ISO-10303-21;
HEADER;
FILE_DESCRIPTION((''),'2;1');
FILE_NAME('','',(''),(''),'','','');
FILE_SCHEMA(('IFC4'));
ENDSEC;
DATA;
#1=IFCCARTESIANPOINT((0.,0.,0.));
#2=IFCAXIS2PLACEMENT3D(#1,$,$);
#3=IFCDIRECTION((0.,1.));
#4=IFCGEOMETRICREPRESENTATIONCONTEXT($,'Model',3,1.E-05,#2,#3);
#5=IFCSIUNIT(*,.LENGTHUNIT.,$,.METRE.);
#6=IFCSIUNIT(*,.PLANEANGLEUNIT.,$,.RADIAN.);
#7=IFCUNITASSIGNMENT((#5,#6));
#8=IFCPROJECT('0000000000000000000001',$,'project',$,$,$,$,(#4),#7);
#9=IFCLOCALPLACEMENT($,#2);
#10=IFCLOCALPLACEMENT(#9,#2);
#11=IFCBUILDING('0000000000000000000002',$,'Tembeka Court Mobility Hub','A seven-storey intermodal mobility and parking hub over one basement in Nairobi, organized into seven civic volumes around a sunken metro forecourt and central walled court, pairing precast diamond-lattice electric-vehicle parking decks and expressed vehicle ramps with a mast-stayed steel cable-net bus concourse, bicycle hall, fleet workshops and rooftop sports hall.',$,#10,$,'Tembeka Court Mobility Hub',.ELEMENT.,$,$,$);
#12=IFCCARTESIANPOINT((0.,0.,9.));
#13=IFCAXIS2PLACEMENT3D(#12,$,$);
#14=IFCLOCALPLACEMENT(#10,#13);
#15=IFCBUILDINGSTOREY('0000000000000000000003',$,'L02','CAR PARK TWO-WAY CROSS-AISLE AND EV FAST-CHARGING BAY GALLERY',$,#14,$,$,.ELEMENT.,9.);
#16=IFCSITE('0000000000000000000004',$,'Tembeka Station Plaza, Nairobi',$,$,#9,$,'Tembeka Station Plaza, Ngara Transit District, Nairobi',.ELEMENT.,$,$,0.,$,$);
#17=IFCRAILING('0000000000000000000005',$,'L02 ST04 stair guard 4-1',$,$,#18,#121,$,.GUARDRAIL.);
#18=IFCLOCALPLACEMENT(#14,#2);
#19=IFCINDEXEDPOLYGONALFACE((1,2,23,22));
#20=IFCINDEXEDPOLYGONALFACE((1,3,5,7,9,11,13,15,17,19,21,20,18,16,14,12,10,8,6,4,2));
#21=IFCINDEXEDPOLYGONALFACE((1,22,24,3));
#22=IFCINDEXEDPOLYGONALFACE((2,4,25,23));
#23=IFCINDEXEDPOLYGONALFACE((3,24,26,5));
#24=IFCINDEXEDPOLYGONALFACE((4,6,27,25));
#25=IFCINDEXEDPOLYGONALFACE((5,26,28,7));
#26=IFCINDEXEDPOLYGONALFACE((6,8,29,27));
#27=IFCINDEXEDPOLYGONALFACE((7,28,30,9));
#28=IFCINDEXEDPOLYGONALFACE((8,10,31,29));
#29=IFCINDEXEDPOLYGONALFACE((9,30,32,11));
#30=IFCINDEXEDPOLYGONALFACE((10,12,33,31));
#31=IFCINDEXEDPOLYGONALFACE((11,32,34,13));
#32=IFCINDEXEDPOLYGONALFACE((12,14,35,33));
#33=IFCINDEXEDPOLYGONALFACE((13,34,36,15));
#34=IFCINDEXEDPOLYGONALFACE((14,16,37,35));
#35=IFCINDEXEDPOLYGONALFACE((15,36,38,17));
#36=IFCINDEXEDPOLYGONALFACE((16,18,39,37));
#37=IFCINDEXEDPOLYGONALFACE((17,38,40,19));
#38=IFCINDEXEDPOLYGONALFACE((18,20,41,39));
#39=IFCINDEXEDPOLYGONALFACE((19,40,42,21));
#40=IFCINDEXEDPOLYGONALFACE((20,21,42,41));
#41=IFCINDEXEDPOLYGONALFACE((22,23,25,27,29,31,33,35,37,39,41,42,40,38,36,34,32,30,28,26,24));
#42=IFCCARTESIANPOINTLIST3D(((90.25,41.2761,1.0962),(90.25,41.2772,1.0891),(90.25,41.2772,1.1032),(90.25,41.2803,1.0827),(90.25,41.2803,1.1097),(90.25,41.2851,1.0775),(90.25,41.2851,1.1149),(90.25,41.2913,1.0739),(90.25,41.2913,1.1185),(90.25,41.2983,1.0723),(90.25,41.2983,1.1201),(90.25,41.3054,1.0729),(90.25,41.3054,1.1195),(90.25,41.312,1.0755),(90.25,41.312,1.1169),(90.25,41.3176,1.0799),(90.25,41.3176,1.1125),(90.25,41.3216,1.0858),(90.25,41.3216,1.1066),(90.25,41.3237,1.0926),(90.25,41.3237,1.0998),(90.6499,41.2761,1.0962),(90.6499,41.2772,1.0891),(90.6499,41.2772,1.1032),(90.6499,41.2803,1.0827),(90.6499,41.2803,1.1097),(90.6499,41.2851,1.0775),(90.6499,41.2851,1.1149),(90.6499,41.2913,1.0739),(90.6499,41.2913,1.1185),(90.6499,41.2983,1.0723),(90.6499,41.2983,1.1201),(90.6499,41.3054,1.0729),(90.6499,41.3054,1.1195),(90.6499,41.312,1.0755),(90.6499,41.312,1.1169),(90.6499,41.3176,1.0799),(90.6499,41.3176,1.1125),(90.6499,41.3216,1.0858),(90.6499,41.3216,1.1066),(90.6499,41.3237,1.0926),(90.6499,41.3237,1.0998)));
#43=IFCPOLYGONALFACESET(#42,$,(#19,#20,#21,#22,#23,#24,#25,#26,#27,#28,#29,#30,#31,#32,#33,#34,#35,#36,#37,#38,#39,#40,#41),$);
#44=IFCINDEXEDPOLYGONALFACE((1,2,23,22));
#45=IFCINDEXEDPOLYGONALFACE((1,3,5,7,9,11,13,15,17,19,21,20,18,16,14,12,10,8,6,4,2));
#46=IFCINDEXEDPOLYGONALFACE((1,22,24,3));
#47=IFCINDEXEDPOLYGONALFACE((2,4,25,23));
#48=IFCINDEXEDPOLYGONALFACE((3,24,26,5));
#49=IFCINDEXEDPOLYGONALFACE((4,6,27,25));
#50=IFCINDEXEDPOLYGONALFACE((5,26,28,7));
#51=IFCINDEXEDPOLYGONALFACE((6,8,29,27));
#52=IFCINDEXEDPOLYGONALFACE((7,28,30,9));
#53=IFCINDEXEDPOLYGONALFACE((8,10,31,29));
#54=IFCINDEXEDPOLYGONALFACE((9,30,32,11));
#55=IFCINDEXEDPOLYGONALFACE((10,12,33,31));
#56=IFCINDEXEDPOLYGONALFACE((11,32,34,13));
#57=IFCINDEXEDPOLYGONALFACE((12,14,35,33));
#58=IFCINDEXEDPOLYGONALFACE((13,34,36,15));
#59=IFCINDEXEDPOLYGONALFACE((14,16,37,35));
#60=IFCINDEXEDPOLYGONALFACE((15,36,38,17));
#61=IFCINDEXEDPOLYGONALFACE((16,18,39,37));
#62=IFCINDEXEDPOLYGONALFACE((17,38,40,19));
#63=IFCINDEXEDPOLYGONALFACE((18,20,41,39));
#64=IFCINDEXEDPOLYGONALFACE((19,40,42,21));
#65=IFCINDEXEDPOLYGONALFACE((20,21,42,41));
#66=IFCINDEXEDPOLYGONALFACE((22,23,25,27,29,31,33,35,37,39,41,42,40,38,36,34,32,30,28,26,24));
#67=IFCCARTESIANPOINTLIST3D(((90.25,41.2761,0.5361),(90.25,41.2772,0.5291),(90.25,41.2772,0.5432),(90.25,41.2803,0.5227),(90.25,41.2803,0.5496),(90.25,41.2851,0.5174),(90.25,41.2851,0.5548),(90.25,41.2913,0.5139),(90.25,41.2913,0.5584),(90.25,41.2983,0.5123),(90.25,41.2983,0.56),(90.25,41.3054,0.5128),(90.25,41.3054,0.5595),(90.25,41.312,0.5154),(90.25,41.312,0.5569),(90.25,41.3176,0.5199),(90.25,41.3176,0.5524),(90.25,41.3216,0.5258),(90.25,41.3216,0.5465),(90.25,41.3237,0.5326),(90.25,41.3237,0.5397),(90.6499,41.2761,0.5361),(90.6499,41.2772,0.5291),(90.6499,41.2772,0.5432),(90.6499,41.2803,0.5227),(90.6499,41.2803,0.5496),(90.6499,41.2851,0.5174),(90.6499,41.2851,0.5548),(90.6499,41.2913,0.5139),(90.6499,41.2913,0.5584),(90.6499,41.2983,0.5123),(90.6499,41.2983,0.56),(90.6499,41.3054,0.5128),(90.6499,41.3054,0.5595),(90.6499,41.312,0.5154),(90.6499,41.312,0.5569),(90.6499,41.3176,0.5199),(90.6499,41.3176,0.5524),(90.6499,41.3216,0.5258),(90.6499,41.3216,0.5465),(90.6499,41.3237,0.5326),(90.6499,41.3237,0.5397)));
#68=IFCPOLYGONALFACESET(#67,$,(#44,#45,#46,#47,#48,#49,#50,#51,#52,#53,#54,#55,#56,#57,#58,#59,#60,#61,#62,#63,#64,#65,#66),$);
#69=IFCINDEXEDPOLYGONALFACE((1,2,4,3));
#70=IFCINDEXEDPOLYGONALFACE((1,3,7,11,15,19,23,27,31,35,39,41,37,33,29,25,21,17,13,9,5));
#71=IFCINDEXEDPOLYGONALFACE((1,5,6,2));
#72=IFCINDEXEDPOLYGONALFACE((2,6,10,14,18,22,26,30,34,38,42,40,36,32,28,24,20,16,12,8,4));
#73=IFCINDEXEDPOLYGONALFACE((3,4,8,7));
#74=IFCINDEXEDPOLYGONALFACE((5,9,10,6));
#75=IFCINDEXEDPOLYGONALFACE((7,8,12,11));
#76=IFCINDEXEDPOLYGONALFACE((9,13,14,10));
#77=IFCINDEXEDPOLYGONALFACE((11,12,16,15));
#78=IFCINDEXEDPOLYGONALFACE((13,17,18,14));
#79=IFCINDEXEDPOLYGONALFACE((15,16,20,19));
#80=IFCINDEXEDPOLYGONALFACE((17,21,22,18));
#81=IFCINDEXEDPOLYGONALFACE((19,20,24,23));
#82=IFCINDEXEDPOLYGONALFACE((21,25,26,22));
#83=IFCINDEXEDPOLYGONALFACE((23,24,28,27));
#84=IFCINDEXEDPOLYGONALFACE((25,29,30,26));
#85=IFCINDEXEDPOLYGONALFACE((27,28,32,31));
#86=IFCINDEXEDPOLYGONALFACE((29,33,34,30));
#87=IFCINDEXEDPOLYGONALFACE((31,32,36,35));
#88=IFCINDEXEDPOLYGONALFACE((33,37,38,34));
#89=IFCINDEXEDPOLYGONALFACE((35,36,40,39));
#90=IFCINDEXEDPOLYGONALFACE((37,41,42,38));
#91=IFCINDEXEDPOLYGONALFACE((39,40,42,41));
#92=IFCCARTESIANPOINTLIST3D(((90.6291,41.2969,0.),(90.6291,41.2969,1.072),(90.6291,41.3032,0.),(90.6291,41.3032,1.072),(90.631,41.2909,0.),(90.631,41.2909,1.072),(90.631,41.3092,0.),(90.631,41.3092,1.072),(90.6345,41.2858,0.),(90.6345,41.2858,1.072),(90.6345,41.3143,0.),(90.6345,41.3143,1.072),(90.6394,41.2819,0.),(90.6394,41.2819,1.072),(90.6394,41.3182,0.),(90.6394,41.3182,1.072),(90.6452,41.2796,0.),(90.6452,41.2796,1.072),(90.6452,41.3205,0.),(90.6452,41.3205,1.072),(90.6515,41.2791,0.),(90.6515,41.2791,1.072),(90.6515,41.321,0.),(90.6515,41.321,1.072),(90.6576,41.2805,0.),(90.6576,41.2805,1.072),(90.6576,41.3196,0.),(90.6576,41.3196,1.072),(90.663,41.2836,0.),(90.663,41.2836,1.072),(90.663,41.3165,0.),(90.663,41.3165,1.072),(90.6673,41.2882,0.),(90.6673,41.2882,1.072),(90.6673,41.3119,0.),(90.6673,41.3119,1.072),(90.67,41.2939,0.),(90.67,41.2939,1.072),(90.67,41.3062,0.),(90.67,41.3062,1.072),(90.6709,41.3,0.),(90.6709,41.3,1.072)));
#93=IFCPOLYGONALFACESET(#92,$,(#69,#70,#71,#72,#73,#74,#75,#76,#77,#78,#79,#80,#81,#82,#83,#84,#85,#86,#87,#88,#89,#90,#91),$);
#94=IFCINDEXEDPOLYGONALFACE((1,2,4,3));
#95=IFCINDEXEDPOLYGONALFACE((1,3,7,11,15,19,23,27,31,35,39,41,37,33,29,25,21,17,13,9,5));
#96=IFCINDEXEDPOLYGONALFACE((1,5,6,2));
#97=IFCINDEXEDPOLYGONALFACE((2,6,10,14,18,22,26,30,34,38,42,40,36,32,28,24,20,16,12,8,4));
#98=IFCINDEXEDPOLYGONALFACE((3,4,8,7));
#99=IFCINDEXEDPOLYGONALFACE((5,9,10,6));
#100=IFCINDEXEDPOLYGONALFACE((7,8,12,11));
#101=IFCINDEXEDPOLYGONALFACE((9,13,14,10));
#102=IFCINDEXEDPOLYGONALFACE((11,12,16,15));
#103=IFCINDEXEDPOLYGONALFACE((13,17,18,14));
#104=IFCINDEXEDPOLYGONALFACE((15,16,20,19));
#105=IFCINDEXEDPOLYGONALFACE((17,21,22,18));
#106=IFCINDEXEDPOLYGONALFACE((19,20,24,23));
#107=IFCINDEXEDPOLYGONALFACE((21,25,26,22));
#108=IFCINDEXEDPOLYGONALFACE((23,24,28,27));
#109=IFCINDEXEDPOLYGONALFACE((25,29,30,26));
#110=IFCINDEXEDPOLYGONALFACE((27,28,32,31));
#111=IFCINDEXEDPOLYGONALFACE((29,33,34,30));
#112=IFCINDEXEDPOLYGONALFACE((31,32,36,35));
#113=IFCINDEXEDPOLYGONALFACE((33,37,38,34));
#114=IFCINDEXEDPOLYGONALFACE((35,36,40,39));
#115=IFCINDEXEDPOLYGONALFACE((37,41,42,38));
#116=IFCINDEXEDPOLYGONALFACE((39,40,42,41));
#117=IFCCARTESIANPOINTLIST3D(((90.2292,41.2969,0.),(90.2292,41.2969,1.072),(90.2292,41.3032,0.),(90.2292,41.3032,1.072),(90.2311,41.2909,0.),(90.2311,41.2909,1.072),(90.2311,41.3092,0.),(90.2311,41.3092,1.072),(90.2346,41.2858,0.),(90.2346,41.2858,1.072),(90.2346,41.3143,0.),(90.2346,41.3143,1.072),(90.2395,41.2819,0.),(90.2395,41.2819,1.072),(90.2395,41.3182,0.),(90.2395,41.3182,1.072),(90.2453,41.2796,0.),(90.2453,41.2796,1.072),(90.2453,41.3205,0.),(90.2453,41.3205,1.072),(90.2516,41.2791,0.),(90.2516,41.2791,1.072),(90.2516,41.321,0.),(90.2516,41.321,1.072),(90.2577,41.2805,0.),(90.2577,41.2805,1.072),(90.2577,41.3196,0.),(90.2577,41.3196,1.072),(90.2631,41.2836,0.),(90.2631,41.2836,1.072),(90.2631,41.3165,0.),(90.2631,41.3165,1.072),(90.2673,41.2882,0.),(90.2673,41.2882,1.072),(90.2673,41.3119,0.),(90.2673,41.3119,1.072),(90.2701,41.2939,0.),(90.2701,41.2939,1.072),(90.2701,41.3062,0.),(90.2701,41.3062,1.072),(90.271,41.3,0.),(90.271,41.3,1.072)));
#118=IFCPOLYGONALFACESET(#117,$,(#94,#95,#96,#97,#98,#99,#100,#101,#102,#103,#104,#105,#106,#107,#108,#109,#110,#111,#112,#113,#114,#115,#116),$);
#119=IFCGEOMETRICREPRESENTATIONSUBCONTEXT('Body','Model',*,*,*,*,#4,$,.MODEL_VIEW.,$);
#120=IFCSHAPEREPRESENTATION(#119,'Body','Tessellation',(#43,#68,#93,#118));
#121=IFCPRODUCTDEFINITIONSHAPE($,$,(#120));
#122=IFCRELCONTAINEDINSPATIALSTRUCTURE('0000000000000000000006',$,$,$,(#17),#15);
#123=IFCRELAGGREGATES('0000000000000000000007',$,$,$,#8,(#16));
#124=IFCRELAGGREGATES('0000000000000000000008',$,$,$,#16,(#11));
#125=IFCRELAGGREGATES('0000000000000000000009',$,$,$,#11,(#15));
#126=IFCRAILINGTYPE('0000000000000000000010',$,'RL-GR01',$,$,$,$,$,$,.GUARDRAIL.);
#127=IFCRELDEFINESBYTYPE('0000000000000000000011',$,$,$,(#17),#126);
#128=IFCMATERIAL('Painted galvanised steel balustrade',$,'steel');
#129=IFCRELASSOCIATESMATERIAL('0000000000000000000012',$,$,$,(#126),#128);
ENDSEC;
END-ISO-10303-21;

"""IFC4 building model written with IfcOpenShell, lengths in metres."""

from ifc_helpers import new_model, si_unit, direction, frame, origin, origin_2d, place, context, subcontext, project, spatial, circle, extrude, material, type_object, element, save


model = new_model("IFC4")

# Units and contexts
model_context = context("Model", 3, precision=1e-05, world=origin(), true_north=direction((0.0, 1.0)))
body_context = subcontext(model_context, "Body", "Model", "MODEL_VIEW")
ifc_project = project(units=[si_unit("LENGTHUNIT", "METRE"), si_unit("PLANEANGLEUNIT", "RADIAN")], contexts=[model_context])

# Site, building, storey
site_placement = place(None, origin())
site = spatial("IfcSite", under=ifc_project, at=site_placement, Name="Tembeka Station Plaza, Nairobi", LongName="Tembeka Station Plaza, Ngara Transit District, Nairobi", CompositionType="ELEMENT", RefElevation=0.0)
building_placement = place(site_placement, origin())
building = spatial("IfcBuilding", under=site, at=building_placement, Name="Tembeka Court Mobility Hub", Description="A seven-storey intermodal mobility and parking hub over one basement in Nairobi, organized into seven civic volumes around a sunken metro forecourt and central walled court, pairing precast diamond-lattice electric-vehicle parking decks and expressed vehicle ramps with a mast-stayed steel cable-net bus concourse, bicycle hall, fleet workshops and rooftop sports hall.", LongName="Tembeka Court Mobility Hub", CompositionType="ELEMENT")
storey_placement = place(building_placement, frame((0.0, 0.0, 9.0)))
storey = spatial("IfcBuildingStorey", under=building, at=storey_placement, Name="L02", Description="CAR PARK TWO-WAY CROSS-AISLE AND EV FAST-CHARGING BAY GALLERY", CompositionType="ELEMENT", Elevation=9.0)

# Railing
ifc_material_1 = material(Name="Painted galvanised steel balustrade", Category="steel")
railing_type_1 = type_object("IfcRailingType", Name="RL-GR01", PredefinedType="GUARDRAIL", material=ifc_material_1)
railing_1_placement = place(storey_placement, frame((90.6499, 41.3, 0.0)))
element("IfcRailing", 1, at=railing_1_placement, inside=storey, type_object=railing_type_1, Name="L02 ST04 stair guard 4-1", PredefinedType="GUARDRAIL", context=body_context, shape_type="SweptSolid", body=[
    extrude(circle(Radius=0.0239, at=origin_2d()), frame((0.0, 0.0, 1.0962), z_axis=(-1.0, 0.0, 0.0), x_axis=(0.0, -1.0, 0.0)), (0.0, 0.0, 1.0), 0.3999),
    extrude(circle(Radius=0.0239, at=origin_2d()), frame((0.0, 0.0, 0.5361), z_axis=(-1.0, 0.0, 0.0), x_axis=(0.0, -1.0, 0.0)), (0.0, 0.0, 1.0), 0.3999),
    extrude(circle(Radius=0.021, at=origin_2d()), origin(), (0.0, 0.0, 1.0), 1.072),
    extrude(circle(Radius=0.021, at=origin_2d()), frame((-0.3999, 0.0, 0.0)), (0.0, 0.0, 1.0), 1.072),
])

save(model, "model.ifc")
